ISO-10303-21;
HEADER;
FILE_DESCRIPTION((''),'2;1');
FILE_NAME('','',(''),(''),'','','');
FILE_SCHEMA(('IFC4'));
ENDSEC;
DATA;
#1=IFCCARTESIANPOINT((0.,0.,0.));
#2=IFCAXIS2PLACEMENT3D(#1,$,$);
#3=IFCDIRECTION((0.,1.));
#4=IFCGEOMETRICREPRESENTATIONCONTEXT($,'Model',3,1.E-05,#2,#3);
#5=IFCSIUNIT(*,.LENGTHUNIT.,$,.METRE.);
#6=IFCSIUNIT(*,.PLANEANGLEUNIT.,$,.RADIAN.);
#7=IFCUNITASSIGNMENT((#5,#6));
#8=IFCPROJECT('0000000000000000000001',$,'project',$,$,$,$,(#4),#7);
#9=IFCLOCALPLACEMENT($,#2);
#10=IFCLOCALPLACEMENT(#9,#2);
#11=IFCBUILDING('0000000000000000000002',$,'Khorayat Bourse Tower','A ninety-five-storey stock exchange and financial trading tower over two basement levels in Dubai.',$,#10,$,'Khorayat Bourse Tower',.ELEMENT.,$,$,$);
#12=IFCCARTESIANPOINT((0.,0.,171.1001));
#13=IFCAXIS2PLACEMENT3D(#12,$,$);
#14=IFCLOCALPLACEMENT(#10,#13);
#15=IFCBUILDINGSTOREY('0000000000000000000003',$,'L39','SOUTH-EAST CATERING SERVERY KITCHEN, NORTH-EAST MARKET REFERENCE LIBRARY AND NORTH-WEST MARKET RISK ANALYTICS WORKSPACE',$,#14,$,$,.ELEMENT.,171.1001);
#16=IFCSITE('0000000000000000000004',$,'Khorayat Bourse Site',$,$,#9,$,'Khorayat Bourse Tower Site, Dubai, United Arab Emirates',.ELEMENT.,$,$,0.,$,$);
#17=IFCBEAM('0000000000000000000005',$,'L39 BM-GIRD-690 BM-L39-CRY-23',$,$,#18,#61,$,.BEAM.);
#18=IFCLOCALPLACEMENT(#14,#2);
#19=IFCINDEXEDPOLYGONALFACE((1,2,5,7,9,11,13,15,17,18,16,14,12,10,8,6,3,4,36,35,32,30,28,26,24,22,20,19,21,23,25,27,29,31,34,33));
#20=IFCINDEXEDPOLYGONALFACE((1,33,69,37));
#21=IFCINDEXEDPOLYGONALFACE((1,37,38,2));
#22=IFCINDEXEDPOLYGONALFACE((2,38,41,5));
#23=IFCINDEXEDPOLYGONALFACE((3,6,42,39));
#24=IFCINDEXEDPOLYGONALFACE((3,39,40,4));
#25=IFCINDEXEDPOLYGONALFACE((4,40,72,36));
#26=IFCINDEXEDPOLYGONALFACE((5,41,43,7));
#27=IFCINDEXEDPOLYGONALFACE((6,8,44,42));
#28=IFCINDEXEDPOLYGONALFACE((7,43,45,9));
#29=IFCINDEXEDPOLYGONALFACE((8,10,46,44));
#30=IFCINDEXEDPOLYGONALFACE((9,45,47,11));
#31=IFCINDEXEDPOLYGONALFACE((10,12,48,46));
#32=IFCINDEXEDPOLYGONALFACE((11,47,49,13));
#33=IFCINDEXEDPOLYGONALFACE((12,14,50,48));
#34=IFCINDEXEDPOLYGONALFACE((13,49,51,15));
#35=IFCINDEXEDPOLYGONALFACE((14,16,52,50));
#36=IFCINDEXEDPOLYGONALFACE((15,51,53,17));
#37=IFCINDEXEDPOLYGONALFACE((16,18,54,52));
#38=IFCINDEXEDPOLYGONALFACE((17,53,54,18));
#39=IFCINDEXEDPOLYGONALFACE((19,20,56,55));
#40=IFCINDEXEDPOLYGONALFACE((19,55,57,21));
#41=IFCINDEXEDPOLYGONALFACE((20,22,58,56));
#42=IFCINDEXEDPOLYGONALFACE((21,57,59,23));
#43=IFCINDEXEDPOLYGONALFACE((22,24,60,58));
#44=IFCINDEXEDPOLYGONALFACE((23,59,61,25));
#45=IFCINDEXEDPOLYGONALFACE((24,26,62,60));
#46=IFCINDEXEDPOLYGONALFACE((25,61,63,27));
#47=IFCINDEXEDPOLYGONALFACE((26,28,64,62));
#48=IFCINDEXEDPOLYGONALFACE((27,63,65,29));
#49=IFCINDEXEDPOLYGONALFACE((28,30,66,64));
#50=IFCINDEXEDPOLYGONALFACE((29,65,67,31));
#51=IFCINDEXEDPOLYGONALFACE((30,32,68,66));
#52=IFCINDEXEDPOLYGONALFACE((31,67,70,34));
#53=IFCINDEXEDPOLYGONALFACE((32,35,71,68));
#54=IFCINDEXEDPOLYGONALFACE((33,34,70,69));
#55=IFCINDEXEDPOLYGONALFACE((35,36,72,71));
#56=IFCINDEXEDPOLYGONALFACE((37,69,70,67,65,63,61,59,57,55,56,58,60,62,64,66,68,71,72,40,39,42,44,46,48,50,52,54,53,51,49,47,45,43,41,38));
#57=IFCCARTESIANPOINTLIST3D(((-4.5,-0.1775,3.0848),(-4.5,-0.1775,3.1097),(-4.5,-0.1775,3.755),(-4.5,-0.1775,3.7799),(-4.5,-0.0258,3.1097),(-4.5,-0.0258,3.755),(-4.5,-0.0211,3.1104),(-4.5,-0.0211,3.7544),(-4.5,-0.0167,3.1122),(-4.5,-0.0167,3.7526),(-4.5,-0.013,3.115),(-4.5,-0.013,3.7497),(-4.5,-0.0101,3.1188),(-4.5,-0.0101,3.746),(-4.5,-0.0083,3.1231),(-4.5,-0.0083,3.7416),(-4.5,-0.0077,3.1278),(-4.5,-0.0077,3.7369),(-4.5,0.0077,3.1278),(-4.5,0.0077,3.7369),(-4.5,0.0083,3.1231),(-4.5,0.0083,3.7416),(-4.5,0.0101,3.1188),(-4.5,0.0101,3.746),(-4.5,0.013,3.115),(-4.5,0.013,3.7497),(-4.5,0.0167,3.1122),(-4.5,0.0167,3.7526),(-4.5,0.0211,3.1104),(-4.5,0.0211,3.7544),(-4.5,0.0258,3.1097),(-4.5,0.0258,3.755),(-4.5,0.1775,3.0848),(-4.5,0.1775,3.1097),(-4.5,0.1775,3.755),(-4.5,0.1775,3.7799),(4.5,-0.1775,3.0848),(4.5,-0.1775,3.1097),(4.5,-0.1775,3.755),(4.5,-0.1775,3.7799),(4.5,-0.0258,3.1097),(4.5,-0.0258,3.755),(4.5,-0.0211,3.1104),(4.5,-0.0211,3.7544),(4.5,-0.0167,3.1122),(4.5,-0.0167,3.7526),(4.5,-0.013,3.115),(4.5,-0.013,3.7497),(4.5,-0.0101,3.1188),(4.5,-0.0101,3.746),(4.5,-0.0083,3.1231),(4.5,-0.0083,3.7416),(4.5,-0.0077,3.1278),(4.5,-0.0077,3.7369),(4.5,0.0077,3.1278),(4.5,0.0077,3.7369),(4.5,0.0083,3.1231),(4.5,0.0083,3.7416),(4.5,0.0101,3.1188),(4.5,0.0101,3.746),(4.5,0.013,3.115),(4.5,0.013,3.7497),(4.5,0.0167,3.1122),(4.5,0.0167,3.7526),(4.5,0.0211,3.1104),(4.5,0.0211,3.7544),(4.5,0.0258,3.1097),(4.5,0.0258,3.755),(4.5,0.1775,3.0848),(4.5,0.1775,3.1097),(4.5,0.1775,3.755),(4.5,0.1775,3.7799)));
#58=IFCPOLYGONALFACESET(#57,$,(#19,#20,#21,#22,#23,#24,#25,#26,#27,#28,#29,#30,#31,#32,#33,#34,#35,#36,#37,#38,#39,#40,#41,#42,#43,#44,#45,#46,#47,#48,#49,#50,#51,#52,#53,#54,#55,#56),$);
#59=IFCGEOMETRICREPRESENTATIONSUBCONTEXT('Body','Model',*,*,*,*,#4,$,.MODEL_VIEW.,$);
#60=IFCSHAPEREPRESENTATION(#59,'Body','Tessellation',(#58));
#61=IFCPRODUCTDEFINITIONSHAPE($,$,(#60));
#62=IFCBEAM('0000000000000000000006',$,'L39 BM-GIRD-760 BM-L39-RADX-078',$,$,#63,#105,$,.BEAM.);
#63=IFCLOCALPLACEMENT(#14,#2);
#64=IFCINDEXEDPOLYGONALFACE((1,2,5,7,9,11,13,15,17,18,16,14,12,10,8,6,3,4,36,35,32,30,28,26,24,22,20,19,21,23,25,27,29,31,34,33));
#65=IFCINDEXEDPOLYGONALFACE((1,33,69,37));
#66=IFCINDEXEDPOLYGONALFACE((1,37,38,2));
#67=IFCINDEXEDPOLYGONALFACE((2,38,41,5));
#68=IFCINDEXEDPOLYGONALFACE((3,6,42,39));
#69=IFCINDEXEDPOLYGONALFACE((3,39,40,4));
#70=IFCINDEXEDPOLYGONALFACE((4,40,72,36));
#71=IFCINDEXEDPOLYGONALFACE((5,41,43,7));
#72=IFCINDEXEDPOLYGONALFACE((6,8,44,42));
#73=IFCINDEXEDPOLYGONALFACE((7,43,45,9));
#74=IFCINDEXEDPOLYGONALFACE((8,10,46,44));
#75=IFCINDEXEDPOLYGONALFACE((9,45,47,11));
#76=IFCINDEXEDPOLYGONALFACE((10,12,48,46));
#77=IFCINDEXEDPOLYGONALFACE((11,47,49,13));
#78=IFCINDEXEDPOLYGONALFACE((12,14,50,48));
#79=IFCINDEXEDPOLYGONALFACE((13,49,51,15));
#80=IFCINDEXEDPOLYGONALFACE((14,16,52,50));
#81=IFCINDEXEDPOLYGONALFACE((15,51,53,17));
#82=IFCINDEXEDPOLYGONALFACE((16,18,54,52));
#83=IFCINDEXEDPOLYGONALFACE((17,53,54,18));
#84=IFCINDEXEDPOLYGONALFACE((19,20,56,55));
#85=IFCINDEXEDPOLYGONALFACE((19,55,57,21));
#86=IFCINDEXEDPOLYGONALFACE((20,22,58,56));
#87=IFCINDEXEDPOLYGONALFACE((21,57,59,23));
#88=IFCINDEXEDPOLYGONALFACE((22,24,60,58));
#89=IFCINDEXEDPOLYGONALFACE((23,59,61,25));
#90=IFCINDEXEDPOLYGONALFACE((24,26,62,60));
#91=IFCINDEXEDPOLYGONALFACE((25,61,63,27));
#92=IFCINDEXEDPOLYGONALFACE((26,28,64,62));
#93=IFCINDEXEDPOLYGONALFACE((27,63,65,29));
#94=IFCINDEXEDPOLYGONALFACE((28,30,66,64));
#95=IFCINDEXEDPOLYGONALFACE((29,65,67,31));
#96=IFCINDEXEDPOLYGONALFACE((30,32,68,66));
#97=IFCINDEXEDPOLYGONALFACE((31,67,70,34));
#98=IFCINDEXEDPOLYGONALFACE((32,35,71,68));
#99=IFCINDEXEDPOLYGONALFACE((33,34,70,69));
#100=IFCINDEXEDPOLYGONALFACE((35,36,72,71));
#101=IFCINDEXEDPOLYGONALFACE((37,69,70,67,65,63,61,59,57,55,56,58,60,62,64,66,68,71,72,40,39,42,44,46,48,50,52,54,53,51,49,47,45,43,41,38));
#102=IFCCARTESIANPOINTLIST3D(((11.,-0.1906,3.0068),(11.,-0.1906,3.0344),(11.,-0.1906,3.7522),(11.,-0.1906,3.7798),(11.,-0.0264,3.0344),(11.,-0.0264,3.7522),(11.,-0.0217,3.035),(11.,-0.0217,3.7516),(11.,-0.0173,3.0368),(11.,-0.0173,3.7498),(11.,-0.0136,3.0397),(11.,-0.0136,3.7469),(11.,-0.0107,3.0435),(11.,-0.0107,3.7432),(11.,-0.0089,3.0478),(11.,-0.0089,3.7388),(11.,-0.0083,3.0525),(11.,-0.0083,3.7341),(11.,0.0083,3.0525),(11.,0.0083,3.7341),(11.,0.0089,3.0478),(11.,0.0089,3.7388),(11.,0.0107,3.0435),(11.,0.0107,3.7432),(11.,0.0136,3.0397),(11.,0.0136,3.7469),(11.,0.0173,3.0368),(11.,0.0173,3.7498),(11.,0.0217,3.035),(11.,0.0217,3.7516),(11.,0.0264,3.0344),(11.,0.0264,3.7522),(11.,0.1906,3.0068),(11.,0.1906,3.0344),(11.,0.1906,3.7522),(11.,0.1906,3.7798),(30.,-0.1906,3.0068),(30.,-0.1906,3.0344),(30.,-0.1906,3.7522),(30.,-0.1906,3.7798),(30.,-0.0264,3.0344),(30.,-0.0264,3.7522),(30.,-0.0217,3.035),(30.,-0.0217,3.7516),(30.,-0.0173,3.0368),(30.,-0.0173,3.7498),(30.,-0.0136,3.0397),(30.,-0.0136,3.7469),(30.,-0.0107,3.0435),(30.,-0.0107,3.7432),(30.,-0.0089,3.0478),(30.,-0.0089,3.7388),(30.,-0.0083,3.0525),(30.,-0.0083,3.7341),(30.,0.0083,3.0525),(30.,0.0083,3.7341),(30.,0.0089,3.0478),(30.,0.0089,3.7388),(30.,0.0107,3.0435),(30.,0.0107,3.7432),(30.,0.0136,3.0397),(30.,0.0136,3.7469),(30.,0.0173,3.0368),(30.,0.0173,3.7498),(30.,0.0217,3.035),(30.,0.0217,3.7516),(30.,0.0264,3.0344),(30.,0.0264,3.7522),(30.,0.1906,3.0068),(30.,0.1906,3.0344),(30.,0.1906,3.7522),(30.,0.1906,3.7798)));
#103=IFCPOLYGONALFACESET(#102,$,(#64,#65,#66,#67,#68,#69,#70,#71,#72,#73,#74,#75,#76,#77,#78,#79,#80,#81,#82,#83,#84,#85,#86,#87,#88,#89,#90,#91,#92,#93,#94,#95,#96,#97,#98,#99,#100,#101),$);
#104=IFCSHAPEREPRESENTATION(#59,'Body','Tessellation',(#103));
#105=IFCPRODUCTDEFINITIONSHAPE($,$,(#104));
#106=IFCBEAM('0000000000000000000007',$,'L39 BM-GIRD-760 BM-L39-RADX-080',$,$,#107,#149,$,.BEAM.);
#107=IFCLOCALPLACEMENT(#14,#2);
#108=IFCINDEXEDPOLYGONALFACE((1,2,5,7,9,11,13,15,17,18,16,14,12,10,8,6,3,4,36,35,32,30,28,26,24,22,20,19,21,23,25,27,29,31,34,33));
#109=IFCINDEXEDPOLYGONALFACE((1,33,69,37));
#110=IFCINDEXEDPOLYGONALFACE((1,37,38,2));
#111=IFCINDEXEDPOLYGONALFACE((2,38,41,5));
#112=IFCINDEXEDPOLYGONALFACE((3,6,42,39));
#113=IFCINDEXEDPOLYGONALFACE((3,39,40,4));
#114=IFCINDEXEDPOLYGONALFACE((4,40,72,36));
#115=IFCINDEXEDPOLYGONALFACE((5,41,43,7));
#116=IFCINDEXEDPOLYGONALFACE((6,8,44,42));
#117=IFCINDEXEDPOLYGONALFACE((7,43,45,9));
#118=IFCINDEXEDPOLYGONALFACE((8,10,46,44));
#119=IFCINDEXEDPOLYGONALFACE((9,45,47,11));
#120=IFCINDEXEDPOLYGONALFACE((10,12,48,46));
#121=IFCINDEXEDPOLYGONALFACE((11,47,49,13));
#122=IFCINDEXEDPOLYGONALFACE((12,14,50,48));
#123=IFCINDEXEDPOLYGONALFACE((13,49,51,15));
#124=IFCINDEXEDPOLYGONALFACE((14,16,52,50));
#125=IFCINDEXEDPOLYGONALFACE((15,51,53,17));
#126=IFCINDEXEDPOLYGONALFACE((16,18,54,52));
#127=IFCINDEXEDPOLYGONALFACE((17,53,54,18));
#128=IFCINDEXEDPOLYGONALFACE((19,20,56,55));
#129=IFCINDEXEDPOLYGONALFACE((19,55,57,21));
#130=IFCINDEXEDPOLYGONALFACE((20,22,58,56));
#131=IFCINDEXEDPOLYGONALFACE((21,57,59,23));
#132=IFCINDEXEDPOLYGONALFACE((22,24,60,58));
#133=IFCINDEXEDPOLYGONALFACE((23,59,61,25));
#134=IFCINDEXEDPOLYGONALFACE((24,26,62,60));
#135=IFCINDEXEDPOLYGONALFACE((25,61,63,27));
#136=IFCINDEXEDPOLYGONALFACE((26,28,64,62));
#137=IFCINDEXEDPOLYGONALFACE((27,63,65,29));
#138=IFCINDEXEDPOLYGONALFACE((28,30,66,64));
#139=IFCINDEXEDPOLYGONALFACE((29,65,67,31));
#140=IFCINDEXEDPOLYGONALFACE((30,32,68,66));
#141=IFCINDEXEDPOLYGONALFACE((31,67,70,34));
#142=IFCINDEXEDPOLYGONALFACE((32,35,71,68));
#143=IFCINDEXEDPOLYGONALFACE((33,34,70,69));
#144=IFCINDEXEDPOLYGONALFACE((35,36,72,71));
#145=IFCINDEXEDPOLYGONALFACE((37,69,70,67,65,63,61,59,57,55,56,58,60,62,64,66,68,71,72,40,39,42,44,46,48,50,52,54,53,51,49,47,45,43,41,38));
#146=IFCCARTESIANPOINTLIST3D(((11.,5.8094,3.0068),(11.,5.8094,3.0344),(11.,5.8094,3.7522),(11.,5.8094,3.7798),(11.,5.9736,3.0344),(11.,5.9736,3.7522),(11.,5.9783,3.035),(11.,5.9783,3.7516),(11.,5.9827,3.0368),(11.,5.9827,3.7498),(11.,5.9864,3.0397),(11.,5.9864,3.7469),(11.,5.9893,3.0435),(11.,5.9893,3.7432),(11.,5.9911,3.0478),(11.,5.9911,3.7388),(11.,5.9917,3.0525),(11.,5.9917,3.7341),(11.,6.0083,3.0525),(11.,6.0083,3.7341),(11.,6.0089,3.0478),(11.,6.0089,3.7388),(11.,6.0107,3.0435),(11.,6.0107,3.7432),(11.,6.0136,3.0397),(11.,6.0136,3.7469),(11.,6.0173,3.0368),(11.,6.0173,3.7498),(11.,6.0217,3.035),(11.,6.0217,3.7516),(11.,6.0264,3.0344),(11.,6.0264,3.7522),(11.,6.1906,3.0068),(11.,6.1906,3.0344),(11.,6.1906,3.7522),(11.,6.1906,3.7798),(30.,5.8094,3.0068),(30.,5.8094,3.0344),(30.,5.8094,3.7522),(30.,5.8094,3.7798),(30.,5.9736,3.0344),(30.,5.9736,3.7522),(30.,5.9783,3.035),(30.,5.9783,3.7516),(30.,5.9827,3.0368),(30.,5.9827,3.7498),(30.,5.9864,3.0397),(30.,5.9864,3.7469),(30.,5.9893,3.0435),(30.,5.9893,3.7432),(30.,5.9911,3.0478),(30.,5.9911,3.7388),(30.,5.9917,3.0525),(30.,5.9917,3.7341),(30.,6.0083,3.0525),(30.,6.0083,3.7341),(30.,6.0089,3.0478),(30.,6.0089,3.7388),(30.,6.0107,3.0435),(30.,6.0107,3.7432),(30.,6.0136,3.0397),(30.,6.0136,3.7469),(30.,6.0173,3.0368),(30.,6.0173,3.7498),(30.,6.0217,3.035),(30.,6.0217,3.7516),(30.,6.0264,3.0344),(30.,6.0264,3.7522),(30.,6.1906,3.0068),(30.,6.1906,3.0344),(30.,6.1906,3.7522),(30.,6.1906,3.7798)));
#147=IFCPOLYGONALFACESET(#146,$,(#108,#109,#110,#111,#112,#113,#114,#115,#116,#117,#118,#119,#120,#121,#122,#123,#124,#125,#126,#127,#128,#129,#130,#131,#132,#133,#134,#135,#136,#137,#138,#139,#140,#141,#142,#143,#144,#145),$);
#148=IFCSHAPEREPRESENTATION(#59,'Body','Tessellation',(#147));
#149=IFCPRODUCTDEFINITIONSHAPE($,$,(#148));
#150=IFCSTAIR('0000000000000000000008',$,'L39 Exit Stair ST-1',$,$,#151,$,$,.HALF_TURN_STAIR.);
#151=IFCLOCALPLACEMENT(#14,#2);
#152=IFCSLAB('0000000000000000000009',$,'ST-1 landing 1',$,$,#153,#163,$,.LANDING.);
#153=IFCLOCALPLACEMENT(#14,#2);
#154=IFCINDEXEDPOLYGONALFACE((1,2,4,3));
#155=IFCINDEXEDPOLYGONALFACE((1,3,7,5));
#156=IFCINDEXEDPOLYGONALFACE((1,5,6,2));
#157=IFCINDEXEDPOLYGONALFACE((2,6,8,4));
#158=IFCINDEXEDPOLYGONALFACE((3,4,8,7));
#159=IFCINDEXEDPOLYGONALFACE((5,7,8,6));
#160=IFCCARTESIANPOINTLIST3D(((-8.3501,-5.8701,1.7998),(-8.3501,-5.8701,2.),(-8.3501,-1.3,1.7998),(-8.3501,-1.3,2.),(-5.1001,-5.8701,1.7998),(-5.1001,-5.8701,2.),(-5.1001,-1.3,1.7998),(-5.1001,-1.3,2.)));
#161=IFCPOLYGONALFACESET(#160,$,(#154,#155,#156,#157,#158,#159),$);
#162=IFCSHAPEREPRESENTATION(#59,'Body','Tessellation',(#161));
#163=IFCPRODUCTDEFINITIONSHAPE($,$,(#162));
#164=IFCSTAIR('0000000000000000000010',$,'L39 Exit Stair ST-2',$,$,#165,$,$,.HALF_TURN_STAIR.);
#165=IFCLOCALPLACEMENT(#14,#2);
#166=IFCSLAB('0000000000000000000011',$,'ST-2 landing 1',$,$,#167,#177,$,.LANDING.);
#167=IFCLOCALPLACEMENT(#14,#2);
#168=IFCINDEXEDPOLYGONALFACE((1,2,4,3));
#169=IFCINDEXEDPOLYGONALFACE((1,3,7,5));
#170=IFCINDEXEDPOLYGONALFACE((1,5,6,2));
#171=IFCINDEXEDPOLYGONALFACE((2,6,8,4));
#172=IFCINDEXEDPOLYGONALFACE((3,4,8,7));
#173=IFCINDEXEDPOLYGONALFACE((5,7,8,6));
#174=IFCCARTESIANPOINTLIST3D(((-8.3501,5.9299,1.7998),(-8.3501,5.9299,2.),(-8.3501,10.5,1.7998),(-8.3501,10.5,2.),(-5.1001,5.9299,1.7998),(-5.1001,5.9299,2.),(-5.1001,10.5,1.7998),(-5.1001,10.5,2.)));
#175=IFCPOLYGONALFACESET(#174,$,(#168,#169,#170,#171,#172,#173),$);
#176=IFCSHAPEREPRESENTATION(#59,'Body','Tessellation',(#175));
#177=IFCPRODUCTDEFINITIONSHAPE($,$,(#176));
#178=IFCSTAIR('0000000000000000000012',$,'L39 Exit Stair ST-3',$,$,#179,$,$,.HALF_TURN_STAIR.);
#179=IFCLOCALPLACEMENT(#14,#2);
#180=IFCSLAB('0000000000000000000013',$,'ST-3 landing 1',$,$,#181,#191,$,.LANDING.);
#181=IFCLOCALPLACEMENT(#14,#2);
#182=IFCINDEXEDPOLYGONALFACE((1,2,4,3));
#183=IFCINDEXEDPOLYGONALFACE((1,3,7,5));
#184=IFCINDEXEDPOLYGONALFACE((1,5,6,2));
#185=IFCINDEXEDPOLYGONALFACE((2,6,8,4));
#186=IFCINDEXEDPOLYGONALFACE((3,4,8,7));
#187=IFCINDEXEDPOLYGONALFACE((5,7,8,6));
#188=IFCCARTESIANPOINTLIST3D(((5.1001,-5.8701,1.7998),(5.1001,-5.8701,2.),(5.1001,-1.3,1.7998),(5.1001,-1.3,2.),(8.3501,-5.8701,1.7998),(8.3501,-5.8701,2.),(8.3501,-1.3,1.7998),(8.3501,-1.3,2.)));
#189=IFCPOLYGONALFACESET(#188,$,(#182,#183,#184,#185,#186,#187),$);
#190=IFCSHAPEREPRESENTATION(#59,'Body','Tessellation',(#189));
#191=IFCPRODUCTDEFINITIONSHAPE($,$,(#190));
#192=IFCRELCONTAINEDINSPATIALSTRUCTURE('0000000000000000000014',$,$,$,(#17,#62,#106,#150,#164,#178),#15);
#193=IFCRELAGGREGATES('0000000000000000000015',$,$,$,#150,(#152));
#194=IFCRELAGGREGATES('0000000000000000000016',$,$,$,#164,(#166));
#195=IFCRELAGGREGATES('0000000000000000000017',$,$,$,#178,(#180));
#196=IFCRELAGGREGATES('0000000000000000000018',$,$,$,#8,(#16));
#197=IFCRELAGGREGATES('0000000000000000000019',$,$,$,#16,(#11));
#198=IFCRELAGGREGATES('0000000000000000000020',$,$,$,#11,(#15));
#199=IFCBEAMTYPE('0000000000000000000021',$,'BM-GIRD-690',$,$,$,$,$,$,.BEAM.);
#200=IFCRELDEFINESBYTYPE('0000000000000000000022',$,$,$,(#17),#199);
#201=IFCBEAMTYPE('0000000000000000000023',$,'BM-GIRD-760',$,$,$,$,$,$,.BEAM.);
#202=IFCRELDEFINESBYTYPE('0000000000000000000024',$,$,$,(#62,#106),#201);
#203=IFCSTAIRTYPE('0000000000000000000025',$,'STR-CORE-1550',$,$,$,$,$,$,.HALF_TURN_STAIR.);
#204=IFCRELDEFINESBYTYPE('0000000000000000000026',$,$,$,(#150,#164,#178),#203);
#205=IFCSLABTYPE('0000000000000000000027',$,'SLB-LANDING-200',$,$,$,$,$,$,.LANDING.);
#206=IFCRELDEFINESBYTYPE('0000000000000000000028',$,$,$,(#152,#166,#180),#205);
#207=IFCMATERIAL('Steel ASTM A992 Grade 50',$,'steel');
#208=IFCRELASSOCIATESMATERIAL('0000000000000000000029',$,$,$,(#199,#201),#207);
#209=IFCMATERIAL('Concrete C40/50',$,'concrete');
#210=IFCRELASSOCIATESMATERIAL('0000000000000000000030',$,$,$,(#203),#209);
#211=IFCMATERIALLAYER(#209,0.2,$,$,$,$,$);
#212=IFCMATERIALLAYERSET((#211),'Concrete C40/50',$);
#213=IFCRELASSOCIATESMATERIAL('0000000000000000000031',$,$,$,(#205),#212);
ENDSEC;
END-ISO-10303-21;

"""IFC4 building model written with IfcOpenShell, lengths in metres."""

from ifc_helpers import new_model, si_unit, direction, frame, origin, origin_2d, place, context, subcontext, project, spatial, polyline, i_section, outline, extrude, source, transform, mapped, material, layer, layer_set, material_profile, profile_set, type_object, element, aggregate, save


model = new_model("IFC4")

# Units and contexts
model_context = context("Model", 3, precision=1e-05, world=origin(), true_north=direction((0.0, 1.0)))
body_context = subcontext(model_context, "Body", "Model", "MODEL_VIEW")
ifc_project = project(units=[si_unit("LENGTHUNIT", "METRE"), si_unit("PLANEANGLEUNIT", "RADIAN")], contexts=[model_context])

# Site, building, storey
site_placement = place(None, origin())
site = spatial("IfcSite", under=ifc_project, at=site_placement, Name="Khorayat Bourse Site", LongName="Khorayat Bourse Tower Site, Dubai, United Arab Emirates", CompositionType="ELEMENT", RefElevation=0.0)
building_placement = place(site_placement, origin())
building = spatial("IfcBuilding", under=site, at=building_placement, Name="Khorayat Bourse Tower", Description="A ninety-five-storey stock exchange and financial trading tower over two basement levels in Dubai.", LongName="Khorayat Bourse Tower", CompositionType="ELEMENT")
storey_placement = place(building_placement, frame((0.0, 0.0, 171.1001)))
storey = spatial("IfcBuildingStorey", under=building, at=storey_placement, Name="L39", Description="SOUTH-EAST CATERING SERVERY KITCHEN, NORTH-EAST MARKET REFERENCE LIBRARY AND NORTH-WEST MARKET RISK ANALYTICS WORKSPACE", CompositionType="ELEMENT", Elevation=171.1001)

# Beams
ifc_material_1 = material(Name="Steel ASTM A992 Grade 50", Category="steel")
ifc_material_profile_1 = material_profile(ifc_material_1, i_section(OverallWidth=0.355, OverallDepth=0.6951, WebThickness=0.0154, FlangeThickness=0.0249, FilletRadius=0.0181, at=origin_2d()), Name="W690X217")
ifc_profile_set_1 = profile_set([ifc_material_profile_1], Name="Steel ASTM A992 Grade 50")
beam_type_1 = type_object("IfcBeamType", Name="BM-GIRD-690", PredefinedType="BEAM", material=ifc_profile_set_1)
shared_shape_1 = source(origin(), body_context, "Body", "SweptSolid", [
    extrude(i_section(OverallWidth=0.355, OverallDepth=0.6951, WebThickness=0.0154, FlangeThickness=0.0249, FilletRadius=0.0181, at=origin_2d()), origin(), (0.0, 0.0, 1.0), 9.0),
])
beam_1_placement = place(storey_placement, frame((-4.5, 0.0, 3.4324), z_axis=(1.0, 0.0, 0.0), x_axis=(0.0, 1.0, 0.0)))
element("IfcBeam", 1, at=beam_1_placement, inside=storey, type_object=beam_type_1, Name="L39 BM-GIRD-690 BM-L39-CRY-23", PredefinedType="BEAM", context=body_context, shape_type="MappedRepresentation", body=[
    mapped(shared_shape_1, transform((0.0, 0.0, 0.0), scale=1.0)),
])
ifc_material_profile_2 = material_profile(ifc_material_1, i_section(OverallWidth=0.3811, OverallDepth=0.7729, WebThickness=0.0166, FlangeThickness=0.0276, FilletRadius=0.0181, at=origin_2d()), Name="W760X257")
ifc_profile_set_2 = profile_set([ifc_material_profile_2], Name="Steel ASTM A992 Grade 50")
beam_type_2 = type_object("IfcBeamType", Name="BM-GIRD-760", PredefinedType="BEAM", material=ifc_profile_set_2)
shared_shape_2 = source(origin(), body_context, "Body", "SweptSolid", [
    extrude(i_section(OverallWidth=0.3811, OverallDepth=0.7729, WebThickness=0.0166, FlangeThickness=0.0276, FilletRadius=0.0181, at=origin_2d()), origin(), (0.0, 0.0, 1.0), 19.0),
])
for number, where, z_axis, x_axis, name in (
    (2, (11.0, 0.0, 3.3933), (1.0, 0.0, 0.0), (0.0, 1.0, 0.0), "L39 BM-GIRD-760 BM-L39-RADX-078"),
    (3, (11.0, 6.0, 3.3933), (1.0, 0.0, 0.0), (0.0, 1.0, 0.0), "L39 BM-GIRD-760 BM-L39-RADX-080"),
):
    element("IfcBeam", number, at=place(storey_placement, frame(where, z_axis=z_axis, x_axis=x_axis)), inside=storey, type_object=beam_type_2, Name=name, PredefinedType="BEAM", context=body_context, shape_type="MappedRepresentation", body=[
        mapped(shared_shape_2, transform((0.0, 0.0, 0.0), scale=1.0)),
    ])

# Stairs, slabs
ifc_material_2 = material(Name="Concrete C40/50", Category="concrete")
stair_type = type_object("IfcStairType", Name="STR-CORE-1550", PredefinedType="HALF_TURN_STAIR", material=ifc_material_2)
stair_1_placement = place(storey_placement, origin())
stair_1 = element("IfcStair", 4, at=stair_1_placement, inside=storey, type_object=stair_type, Name="L39 Exit Stair ST-1", PredefinedType="HALF_TURN_STAIR")
ifc_layer_1 = layer(ifc_material_2, 0.2)
ifc_layer_set_1 = layer_set([ifc_layer_1], Name="Concrete C40/50")
slab_type_1 = type_object("IfcSlabType", Name="SLB-LANDING-200", PredefinedType="LANDING", material=ifc_layer_set_1)
slab_1_placement = place(storey_placement, frame((0.0, 0.0, 1.7998)))
slab_1 = element("IfcSlab", 5, at=slab_1_placement, type_object=slab_type_1, Name="ST-1 landing 1", PredefinedType="LANDING", context=body_context, shape_type="SweptSolid", body=[
    extrude(outline(polyline([(-5.1001, -5.8701), (-5.1001, -1.3), (-8.3501, -1.3), (-8.3501, -5.8701), (-5.1001, -5.8701)])), origin(), (0.0, 0.0, 1.0), 0.2002),
])
aggregate(stair_1, [slab_1])
stair_2_placement = place(storey_placement, origin())
stair_2 = element("IfcStair", 6, at=stair_2_placement, inside=storey, type_object=stair_type, Name="L39 Exit Stair ST-2", PredefinedType="HALF_TURN_STAIR")
slab_2_placement = place(storey_placement, frame((0.0, 0.0, 1.7998)))
slab_2 = element("IfcSlab", 7, at=slab_2_placement, type_object=slab_type_1, Name="ST-2 landing 1", PredefinedType="LANDING", context=body_context, shape_type="SweptSolid", body=[
    extrude(outline(polyline([(-5.1001, 5.9299), (-5.1001, 10.5), (-8.3501, 10.5), (-8.3501, 5.9299), (-5.1001, 5.9299)])), origin(), (0.0, 0.0, 1.0), 0.2002),
])
aggregate(stair_2, [slab_2])
stair_3_placement = place(storey_placement, origin())
stair_3 = element("IfcStair", 8, at=stair_3_placement, inside=storey, type_object=stair_type, Name="L39 Exit Stair ST-3", PredefinedType="HALF_TURN_STAIR")
slab_3_placement = place(storey_placement, frame((0.0, 0.0, 1.7998)))
slab_3 = element("IfcSlab", 9, at=slab_3_placement, type_object=slab_type_1, Name="ST-3 landing 1", PredefinedType="LANDING", context=body_context, shape_type="SweptSolid", body=[
    extrude(outline(polyline([(8.3501, -5.8701), (8.3501, -1.3), (5.1001, -1.3), (5.1001, -5.8701), (8.3501, -5.8701)])), origin(), (0.0, 0.0, 1.0), 0.2002),
])
aggregate(stair_3, [slab_3])

save(model, "model.ifc")
